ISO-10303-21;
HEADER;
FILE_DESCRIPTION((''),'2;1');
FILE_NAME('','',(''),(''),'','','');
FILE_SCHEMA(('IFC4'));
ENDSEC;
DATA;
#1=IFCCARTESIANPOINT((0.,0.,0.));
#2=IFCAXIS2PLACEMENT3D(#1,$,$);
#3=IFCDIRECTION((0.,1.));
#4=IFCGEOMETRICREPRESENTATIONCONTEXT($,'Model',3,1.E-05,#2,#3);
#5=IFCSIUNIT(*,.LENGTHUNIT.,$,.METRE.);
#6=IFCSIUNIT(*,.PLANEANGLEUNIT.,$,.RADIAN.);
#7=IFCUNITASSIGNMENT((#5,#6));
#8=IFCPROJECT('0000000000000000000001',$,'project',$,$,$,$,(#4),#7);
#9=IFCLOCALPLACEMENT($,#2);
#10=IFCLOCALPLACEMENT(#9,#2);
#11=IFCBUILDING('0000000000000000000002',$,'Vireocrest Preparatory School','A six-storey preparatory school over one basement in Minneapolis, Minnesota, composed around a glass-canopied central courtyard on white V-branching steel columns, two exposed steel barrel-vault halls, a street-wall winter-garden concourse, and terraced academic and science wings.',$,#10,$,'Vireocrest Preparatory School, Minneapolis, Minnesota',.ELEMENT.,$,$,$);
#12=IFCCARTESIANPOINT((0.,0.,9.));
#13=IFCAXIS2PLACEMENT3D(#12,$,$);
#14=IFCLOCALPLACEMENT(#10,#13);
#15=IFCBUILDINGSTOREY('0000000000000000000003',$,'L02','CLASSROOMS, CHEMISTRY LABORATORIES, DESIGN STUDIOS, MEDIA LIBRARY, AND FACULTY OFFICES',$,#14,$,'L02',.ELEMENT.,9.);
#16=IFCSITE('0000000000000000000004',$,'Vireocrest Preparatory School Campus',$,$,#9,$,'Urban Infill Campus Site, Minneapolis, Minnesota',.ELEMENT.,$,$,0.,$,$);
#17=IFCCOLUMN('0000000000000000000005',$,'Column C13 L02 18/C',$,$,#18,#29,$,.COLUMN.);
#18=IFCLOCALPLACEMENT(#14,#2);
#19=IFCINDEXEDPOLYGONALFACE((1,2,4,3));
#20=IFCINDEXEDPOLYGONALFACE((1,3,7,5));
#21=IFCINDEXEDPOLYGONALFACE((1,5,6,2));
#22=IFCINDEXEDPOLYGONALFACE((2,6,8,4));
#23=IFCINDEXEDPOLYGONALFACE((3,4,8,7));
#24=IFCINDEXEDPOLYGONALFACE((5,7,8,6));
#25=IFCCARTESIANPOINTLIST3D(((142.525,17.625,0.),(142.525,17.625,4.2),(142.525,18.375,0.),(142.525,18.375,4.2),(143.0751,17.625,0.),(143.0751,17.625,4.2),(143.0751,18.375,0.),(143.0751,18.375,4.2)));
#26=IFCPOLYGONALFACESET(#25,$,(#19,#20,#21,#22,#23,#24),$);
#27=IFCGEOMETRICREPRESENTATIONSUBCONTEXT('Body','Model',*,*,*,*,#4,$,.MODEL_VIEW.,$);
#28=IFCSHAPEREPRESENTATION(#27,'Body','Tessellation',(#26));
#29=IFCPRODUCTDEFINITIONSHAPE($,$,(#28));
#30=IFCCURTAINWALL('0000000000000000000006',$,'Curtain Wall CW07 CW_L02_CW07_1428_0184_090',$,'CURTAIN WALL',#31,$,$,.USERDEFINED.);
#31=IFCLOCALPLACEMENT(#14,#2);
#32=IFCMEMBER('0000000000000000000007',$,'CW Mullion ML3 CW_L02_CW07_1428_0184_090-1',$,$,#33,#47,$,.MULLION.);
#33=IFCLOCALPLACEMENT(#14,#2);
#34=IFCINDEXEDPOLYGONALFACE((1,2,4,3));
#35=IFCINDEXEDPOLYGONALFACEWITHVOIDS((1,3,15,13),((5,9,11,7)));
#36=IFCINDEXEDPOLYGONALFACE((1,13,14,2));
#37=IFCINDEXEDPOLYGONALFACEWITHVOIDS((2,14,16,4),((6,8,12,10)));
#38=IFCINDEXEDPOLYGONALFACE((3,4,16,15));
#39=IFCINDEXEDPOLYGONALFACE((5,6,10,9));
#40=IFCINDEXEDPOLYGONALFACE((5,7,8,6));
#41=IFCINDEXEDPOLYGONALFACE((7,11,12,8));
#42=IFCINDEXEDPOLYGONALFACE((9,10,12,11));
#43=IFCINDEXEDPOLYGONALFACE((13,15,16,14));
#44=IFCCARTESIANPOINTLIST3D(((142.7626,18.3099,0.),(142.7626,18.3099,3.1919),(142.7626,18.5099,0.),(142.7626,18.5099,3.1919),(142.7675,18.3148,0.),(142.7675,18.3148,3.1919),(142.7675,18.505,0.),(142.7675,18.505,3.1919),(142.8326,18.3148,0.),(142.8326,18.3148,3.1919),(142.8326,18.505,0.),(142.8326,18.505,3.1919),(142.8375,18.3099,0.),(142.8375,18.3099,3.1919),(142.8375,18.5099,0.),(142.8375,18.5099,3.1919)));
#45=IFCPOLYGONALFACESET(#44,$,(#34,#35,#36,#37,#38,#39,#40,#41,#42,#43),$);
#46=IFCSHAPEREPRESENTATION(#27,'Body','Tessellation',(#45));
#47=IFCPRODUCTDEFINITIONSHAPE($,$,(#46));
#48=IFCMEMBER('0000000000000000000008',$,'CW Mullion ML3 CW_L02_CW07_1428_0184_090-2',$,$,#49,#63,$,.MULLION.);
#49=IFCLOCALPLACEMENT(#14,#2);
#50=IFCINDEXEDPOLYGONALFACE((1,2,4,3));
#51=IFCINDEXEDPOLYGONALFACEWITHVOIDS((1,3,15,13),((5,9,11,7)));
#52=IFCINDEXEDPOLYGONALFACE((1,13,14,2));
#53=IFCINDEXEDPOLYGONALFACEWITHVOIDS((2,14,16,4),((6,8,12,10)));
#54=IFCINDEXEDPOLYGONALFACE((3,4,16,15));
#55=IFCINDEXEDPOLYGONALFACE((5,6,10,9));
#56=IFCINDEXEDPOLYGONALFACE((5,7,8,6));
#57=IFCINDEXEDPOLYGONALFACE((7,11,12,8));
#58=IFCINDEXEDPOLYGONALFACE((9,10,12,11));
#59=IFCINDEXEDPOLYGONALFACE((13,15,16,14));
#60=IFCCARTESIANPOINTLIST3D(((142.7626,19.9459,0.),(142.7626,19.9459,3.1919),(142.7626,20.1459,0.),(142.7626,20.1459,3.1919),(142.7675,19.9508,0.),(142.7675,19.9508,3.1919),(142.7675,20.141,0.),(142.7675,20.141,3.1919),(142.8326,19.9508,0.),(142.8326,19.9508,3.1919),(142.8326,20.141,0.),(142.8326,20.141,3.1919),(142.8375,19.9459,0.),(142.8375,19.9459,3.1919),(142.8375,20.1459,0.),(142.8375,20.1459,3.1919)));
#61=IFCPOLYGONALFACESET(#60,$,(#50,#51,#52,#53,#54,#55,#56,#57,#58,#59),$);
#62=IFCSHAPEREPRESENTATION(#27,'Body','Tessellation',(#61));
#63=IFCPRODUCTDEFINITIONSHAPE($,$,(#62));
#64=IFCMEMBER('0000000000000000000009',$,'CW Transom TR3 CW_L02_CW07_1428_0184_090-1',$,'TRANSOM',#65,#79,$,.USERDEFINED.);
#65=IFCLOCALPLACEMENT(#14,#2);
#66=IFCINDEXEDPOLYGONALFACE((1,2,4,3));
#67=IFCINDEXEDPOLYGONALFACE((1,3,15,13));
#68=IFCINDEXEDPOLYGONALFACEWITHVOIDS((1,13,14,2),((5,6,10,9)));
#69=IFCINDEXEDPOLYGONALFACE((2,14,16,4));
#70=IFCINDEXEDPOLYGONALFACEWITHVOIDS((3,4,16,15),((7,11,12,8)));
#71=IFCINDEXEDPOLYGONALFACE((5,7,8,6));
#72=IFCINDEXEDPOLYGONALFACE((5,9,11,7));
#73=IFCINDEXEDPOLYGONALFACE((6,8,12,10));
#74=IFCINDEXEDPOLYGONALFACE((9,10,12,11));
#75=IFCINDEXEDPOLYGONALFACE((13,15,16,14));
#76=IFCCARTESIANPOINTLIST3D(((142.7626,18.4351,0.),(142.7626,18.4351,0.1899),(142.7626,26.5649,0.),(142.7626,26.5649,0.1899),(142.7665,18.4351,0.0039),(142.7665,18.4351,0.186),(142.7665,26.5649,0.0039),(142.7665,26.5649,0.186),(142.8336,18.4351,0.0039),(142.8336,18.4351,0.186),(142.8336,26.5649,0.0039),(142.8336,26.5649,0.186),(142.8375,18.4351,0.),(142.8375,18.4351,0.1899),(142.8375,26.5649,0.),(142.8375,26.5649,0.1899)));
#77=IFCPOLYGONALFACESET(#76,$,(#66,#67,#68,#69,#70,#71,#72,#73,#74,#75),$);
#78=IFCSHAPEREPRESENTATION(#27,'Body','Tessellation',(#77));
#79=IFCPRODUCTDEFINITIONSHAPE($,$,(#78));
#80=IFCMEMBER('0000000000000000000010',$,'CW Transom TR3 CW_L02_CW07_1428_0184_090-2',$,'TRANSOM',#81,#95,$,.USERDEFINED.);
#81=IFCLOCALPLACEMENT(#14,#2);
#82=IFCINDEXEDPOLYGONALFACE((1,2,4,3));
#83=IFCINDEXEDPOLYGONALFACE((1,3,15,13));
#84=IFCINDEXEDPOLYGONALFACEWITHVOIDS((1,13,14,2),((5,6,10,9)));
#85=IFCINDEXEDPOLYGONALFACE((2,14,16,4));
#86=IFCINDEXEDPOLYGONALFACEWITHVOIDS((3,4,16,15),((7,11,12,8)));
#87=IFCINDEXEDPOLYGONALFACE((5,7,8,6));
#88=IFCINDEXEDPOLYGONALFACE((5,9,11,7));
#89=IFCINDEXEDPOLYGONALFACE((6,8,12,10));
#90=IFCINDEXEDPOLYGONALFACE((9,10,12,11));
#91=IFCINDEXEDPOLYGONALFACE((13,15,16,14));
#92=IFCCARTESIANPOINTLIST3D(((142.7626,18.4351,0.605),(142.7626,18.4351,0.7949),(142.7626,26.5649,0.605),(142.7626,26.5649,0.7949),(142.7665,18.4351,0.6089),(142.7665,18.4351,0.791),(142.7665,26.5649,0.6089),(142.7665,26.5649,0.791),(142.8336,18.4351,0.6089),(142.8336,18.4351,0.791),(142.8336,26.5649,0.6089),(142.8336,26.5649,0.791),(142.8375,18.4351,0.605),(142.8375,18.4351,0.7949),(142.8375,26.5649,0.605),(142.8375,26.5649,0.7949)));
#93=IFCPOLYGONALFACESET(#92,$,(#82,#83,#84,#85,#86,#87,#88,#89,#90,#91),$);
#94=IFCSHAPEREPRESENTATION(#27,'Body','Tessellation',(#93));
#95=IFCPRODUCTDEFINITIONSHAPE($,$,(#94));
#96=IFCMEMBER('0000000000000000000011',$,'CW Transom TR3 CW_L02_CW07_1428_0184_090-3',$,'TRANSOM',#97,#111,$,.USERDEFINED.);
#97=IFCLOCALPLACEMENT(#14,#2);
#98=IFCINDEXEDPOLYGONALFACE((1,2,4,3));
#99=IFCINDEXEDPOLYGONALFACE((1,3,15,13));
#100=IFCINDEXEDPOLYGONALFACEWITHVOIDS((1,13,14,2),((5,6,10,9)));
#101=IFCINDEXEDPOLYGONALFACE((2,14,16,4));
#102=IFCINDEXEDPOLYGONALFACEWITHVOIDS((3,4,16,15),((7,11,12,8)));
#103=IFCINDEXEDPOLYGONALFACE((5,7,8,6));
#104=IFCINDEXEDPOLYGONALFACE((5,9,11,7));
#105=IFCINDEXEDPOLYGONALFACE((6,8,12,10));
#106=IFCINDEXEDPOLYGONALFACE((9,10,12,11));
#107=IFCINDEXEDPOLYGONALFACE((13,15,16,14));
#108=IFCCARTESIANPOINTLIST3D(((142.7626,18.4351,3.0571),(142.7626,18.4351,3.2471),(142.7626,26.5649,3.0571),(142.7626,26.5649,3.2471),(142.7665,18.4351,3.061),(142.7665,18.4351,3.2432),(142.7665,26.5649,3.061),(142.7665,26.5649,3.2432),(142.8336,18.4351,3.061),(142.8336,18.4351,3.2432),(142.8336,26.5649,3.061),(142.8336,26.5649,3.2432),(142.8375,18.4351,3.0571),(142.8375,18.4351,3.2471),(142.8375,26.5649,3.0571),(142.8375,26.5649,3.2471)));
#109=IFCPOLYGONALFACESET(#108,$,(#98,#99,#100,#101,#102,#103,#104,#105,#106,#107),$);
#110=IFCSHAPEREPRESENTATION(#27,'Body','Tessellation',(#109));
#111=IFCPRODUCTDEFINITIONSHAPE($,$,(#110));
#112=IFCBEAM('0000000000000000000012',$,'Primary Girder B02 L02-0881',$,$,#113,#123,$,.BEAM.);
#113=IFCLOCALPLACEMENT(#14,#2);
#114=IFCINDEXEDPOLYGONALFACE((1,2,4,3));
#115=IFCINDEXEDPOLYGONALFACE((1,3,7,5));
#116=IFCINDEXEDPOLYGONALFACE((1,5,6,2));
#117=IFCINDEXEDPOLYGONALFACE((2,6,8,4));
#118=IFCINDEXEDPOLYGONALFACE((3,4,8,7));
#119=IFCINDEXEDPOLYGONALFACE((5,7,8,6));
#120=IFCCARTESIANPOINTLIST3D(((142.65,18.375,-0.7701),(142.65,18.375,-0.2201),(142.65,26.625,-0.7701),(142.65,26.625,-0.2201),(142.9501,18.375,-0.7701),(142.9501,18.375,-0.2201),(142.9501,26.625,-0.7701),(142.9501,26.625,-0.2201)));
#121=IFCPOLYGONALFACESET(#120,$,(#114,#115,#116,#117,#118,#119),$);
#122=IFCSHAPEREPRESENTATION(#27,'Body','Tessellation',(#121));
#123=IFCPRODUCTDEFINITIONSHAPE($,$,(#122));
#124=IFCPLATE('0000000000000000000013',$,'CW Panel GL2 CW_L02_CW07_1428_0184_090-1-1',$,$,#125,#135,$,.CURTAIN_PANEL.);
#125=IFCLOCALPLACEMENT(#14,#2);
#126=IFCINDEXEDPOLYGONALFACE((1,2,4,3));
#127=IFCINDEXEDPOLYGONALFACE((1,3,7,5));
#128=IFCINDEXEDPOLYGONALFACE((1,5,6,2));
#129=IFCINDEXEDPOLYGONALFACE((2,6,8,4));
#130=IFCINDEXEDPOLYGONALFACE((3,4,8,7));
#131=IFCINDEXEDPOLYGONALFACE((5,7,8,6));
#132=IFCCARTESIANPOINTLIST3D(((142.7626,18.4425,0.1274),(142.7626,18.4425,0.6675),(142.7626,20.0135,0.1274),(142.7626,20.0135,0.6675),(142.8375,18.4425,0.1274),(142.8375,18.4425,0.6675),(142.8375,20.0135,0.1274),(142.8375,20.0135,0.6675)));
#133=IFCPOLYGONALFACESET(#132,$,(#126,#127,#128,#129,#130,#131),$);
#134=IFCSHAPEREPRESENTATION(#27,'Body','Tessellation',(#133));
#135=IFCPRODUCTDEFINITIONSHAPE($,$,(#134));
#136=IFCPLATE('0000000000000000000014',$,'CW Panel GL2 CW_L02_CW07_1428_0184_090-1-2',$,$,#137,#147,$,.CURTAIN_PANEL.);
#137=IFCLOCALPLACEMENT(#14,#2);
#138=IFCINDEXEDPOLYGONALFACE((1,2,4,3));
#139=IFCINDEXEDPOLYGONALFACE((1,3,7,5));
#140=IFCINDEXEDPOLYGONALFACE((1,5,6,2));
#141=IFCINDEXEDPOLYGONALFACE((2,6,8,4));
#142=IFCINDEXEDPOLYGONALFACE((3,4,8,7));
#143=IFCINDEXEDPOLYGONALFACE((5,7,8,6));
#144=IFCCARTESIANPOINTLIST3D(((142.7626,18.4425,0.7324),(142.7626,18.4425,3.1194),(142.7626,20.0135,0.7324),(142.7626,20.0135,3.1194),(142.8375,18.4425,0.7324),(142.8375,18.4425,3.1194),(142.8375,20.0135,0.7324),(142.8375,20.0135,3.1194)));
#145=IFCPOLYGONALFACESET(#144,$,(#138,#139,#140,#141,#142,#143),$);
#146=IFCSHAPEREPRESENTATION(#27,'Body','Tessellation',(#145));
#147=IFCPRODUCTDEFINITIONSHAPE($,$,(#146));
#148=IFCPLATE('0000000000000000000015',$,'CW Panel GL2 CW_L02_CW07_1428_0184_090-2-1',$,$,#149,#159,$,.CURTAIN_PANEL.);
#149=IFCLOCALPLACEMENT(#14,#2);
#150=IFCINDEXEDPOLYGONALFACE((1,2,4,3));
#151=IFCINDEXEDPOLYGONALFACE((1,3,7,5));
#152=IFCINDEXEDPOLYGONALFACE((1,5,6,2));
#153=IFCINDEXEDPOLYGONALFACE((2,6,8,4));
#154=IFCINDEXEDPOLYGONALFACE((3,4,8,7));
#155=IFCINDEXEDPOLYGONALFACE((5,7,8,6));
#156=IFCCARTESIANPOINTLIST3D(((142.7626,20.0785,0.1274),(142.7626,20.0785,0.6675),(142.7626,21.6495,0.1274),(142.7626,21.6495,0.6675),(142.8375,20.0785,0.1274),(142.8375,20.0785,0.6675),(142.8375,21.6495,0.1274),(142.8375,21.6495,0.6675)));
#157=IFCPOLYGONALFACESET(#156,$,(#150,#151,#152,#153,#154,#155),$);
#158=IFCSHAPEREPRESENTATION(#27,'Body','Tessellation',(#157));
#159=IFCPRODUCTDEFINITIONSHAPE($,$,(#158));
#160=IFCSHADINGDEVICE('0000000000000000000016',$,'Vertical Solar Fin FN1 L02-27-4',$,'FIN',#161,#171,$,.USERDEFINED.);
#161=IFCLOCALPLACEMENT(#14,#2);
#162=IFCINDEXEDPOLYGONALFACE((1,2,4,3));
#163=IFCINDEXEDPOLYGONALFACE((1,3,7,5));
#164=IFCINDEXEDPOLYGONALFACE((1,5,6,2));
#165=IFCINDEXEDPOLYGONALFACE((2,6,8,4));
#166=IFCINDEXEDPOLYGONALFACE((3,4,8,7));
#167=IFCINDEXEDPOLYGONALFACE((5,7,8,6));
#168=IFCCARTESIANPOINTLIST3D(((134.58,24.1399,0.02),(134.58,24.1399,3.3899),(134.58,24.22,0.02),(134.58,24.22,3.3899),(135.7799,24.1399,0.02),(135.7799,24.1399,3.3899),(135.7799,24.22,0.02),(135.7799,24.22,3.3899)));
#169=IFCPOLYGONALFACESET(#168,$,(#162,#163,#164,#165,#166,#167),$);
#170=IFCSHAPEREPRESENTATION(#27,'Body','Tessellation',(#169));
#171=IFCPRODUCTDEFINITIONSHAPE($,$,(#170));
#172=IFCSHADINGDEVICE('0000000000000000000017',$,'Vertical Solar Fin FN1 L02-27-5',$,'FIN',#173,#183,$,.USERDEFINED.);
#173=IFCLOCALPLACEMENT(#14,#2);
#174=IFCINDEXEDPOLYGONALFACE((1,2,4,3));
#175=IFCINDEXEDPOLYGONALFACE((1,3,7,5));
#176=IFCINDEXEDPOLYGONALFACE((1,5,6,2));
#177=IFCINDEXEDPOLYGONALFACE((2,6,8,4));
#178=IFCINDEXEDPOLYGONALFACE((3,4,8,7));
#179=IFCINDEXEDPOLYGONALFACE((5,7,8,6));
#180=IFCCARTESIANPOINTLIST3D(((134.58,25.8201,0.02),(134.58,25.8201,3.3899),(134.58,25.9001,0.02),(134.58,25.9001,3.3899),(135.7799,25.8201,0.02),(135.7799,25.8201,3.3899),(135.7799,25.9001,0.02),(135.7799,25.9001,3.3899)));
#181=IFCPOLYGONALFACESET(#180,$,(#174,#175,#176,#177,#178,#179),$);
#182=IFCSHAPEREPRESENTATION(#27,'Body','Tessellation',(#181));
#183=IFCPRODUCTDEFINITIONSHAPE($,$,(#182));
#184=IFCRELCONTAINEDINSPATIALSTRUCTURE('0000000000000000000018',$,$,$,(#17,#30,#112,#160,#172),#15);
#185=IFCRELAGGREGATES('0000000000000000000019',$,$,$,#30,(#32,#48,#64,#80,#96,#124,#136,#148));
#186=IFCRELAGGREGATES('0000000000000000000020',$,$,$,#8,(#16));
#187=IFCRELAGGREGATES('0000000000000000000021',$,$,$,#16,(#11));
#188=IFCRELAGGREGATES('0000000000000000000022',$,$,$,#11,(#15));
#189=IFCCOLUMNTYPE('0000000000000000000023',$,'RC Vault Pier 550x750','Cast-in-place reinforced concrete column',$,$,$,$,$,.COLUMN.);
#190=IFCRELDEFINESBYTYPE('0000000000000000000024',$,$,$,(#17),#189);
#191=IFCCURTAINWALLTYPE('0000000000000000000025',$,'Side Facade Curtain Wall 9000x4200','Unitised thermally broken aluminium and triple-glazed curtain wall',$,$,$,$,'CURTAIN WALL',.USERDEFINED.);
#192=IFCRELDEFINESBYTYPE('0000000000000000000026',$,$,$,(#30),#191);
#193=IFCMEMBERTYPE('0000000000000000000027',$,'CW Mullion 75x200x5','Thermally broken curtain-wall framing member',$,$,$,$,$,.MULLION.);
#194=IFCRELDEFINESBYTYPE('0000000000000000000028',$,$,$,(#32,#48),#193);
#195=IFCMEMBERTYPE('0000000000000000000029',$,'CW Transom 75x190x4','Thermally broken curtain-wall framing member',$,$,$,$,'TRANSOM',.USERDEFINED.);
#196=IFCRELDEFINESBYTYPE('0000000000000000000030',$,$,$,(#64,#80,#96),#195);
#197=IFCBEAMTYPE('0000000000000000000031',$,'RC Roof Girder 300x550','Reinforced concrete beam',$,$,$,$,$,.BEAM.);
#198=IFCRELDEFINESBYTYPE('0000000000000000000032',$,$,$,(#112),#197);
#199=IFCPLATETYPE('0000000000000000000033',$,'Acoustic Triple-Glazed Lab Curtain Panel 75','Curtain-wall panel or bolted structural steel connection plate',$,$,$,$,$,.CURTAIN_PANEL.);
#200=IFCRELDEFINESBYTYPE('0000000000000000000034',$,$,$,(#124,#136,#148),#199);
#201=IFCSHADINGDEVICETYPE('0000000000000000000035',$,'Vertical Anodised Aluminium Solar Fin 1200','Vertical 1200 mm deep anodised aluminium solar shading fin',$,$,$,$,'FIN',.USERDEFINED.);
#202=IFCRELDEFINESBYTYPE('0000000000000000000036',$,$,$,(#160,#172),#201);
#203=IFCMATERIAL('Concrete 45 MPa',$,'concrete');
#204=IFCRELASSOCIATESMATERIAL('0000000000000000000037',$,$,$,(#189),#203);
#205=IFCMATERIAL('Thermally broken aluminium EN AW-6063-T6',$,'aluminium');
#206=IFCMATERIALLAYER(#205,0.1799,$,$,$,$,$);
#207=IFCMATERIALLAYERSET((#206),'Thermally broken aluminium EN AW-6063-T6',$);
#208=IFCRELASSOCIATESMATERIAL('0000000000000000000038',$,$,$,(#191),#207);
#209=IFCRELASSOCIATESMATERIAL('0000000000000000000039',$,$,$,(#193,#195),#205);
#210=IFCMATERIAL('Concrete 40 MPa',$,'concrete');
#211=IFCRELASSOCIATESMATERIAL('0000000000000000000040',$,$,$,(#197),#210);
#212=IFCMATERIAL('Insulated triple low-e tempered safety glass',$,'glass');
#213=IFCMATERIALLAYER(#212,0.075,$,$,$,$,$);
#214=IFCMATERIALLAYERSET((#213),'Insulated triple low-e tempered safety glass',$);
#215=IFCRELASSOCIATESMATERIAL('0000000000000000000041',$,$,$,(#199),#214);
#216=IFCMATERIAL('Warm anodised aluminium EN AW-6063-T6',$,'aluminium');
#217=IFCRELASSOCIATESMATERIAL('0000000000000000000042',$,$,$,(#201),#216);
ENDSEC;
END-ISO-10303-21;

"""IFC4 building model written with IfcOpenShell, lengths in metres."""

from ifc_helpers import new_model, si_unit, direction, frame, origin, origin_2d, place, context, subcontext, project, spatial, rectangle, hollow_rectangle, extrude, material, layer, layer_set, material_profile, profile_set, type_object, element, aggregate, save


model = new_model("IFC4")

# Units and contexts
model_context = context("Model", 3, precision=1e-05, world=origin(), true_north=direction((0.0, 1.0)))
body_context = subcontext(model_context, "Body", "Model", "MODEL_VIEW")
ifc_project = project(units=[si_unit("LENGTHUNIT", "METRE"), si_unit("PLANEANGLEUNIT", "RADIAN")], contexts=[model_context])

# Site, building, storey
site_placement = place(None, origin())
site = spatial("IfcSite", under=ifc_project, at=site_placement, Name="Vireocrest Preparatory School Campus", LongName="Urban Infill Campus Site, Minneapolis, Minnesota", CompositionType="ELEMENT", RefElevation=0.0)
building_placement = place(site_placement, origin())
building = spatial("IfcBuilding", under=site, at=building_placement, Name="Vireocrest Preparatory School", Description="A six-storey preparatory school over one basement in Minneapolis, Minnesota, composed around a glass-canopied central courtyard on white V-branching steel columns, two exposed steel barrel-vault halls, a street-wall winter-garden concourse, and terraced academic and science wings.", LongName="Vireocrest Preparatory School, Minneapolis, Minnesota", CompositionType="ELEMENT")
storey_placement = place(building_placement, frame((0.0, 0.0, 9.0)))
storey = spatial("IfcBuildingStorey", under=building, at=storey_placement, Name="L02", Description="CLASSROOMS, CHEMISTRY LABORATORIES, DESIGN STUDIOS, MEDIA LIBRARY, AND FACULTY OFFICES", LongName="L02", CompositionType="ELEMENT", Elevation=9.0)

# Column
ifc_material_1 = material(Name="Concrete 45 MPa", Category="concrete")
ifc_material_profile_1 = material_profile(ifc_material_1, rectangle(XDim=0.55, YDim=0.75, at=origin_2d()), Name="RC 550x750")
ifc_profile_set_1 = profile_set([ifc_material_profile_1], Name="Concrete 45 MPa")
column_type = type_object("IfcColumnType", Name="RC Vault Pier 550x750", Description="Cast-in-place reinforced concrete column", PredefinedType="COLUMN", material=ifc_profile_set_1)
column_placement = place(storey_placement, frame((142.8, 18.0, 0.0), z_axis=(0.0, 0.0, 1.0), x_axis=(1.0, 0.0, 0.0)))
element("IfcColumn", 1, at=column_placement, inside=storey, type_object=column_type, Name="Column C13 L02 18/C", PredefinedType="COLUMN", context=body_context, shape_type="SweptSolid", body=[
    extrude(rectangle(XDim=0.55, YDim=0.75, at=origin_2d()), origin(), (0.0, 0.0, 1.0), 4.2),
])

# Curtain wall, members
ifc_material_2 = material(Name="Thermally broken aluminium EN AW-6063-T6", Category="aluminium")
ifc_layer_1 = layer(ifc_material_2, 0.1799)
ifc_layer_set_1 = layer_set([ifc_layer_1], Name="Thermally broken aluminium EN AW-6063-T6")
curtain_wall_type = type_object("IfcCurtainWallType", Name="Side Facade Curtain Wall 9000x4200", Description="Unitised thermally broken aluminium and triple-glazed curtain wall", ElementType="CURTAIN WALL", PredefinedType="USERDEFINED", material=ifc_layer_set_1)
curtain_wall_placement = place(storey_placement, origin())
curtain_wall = element("IfcCurtainWall", 2, at=curtain_wall_placement, inside=storey, type_object=curtain_wall_type, Name="Curtain Wall CW07 CW_L02_CW07_1428_0184_090", ObjectType="CURTAIN WALL", PredefinedType="USERDEFINED")
ifc_material_profile_2 = material_profile(ifc_material_2, hollow_rectangle(XDim=0.075, YDim=0.2, WallThickness=0.0049, at=origin_2d()), Name="ALU 75x200x5")
ifc_profile_set_2 = profile_set([ifc_material_profile_2], Name="Thermally broken aluminium EN AW-6063-T6")
member_type_1 = type_object("IfcMemberType", Name="CW Mullion 75x200x5", Description="Thermally broken curtain-wall framing member", PredefinedType="MULLION", material=ifc_profile_set_2)
member_1_placement = place(storey_placement, frame((142.8, 18.4099, 0.0), z_axis=(0.0, 0.0, 1.0), x_axis=(1.0, 0.0, 0.0)))
member_1 = element("IfcMember", 3, at=member_1_placement, type_object=member_type_1, Name="CW Mullion ML3 CW_L02_CW07_1428_0184_090-1", PredefinedType="MULLION", context=body_context, shape_type="SweptSolid", body=[
    extrude(hollow_rectangle(XDim=0.075, YDim=0.2, WallThickness=0.0049, at=origin_2d()), origin(), (0.0, 0.0, 1.0), 3.1919),
])
member_2_placement = place(storey_placement, frame((142.8, 20.0459, 0.0), z_axis=(0.0, 0.0, 1.0), x_axis=(1.0, 0.0, 0.0)))
member_2 = element("IfcMember", 4, at=member_2_placement, type_object=member_type_1, Name="CW Mullion ML3 CW_L02_CW07_1428_0184_090-2", PredefinedType="MULLION", context=body_context, shape_type="SweptSolid", body=[
    extrude(hollow_rectangle(XDim=0.075, YDim=0.2, WallThickness=0.0049, at=origin_2d()), origin(), (0.0, 0.0, 1.0), 3.1919),
])
ifc_material_profile_3 = material_profile(ifc_material_2, hollow_rectangle(XDim=0.075, YDim=0.1899, WallThickness=0.0039, at=origin_2d()), Name="ALU 75x190x4")
ifc_profile_set_3 = profile_set([ifc_material_profile_3], Name="Thermally broken aluminium EN AW-6063-T6")
member_type_2 = type_object("IfcMemberType", Name="CW Transom 75x190x4", Description="Thermally broken curtain-wall framing member", ElementType="TRANSOM", PredefinedType="USERDEFINED", material=ifc_profile_set_3)
member_3_placement = place(storey_placement, frame((142.8, 18.4351, 0.095), z_axis=(0.0, 1.0, 0.0), x_axis=(-1.0, 0.0, 0.0)))
member_3 = element("IfcMember", 5, at=member_3_placement, type_object=member_type_2, Name="CW Transom TR3 CW_L02_CW07_1428_0184_090-1", ObjectType="TRANSOM", PredefinedType="USERDEFINED", context=body_context, shape_type="SweptSolid", body=[
    extrude(hollow_rectangle(XDim=0.075, YDim=0.1899, WallThickness=0.0039, at=origin_2d()), origin(), (0.0, 0.0, 1.0), 8.1299),
])
member_4_placement = place(storey_placement, frame((142.8, 18.4351, 0.7), z_axis=(0.0, 1.0, 0.0), x_axis=(-1.0, 0.0, 0.0)))
member_4 = element("IfcMember", 6, at=member_4_placement, type_object=member_type_2, Name="CW Transom TR3 CW_L02_CW07_1428_0184_090-2", ObjectType="TRANSOM", PredefinedType="USERDEFINED", context=body_context, shape_type="SweptSolid", body=[
    extrude(hollow_rectangle(XDim=0.075, YDim=0.1899, WallThickness=0.0039, at=origin_2d()), origin(), (0.0, 0.0, 1.0), 8.1299),
])
member_5_placement = place(storey_placement, frame((142.8, 18.4351, 3.1521), z_axis=(0.0, 1.0, 0.0), x_axis=(-1.0, 0.0, 0.0)))
member_5 = element("IfcMember", 7, at=member_5_placement, type_object=member_type_2, Name="CW Transom TR3 CW_L02_CW07_1428_0184_090-3", ObjectType="TRANSOM", PredefinedType="USERDEFINED", context=body_context, shape_type="SweptSolid", body=[
    extrude(hollow_rectangle(XDim=0.075, YDim=0.1899, WallThickness=0.0039, at=origin_2d()), origin(), (0.0, 0.0, 1.0), 8.1299),
])

# Beam
ifc_material_3 = material(Name="Concrete 40 MPa", Category="concrete")
ifc_material_profile_4 = material_profile(ifc_material_3, rectangle(XDim=0.3, YDim=0.55, at=origin_2d()), Name="RC 300x550")
ifc_profile_set_4 = profile_set([ifc_material_profile_4], Name="Concrete 40 MPa")
beam_type = type_object("IfcBeamType", Name="RC Roof Girder 300x550", Description="Reinforced concrete beam", PredefinedType="BEAM", material=ifc_profile_set_4)
beam_placement = place(storey_placement, frame((142.8, 18.375, -0.4951), z_axis=(0.0, 1.0, 0.0), x_axis=(-1.0, 0.0, 0.0)))
element("IfcBeam", 8, at=beam_placement, inside=storey, type_object=beam_type, Name="Primary Girder B02 L02-0881", PredefinedType="BEAM", context=body_context, shape_type="SweptSolid", body=[
    extrude(rectangle(XDim=0.3, YDim=0.55, at=origin_2d()), origin(), (0.0, 0.0, 1.0), 8.25),
])

# Plates
ifc_material_4 = material(Name="Insulated triple low-e tempered safety glass", Category="glass")
ifc_layer_2 = layer(ifc_material_4, 0.075)
ifc_layer_set_2 = layer_set([ifc_layer_2], Name="Insulated triple low-e tempered safety glass")
plate_type = type_object("IfcPlateType", Name="Acoustic Triple-Glazed Lab Curtain Panel 75", Description="Curtain-wall panel or bolted structural steel connection plate", PredefinedType="CURTAIN_PANEL", material=ifc_layer_set_2)
plate_1_placement = place(storey_placement, frame((142.8, 19.228, 0.1274), z_axis=(0.0, 0.0, 1.0), x_axis=(0.0, 1.0, 0.0)))
plate_1 = element("IfcPlate", 9, at=plate_1_placement, type_object=plate_type, Name="CW Panel GL2 CW_L02_CW07_1428_0184_090-1-1", PredefinedType="CURTAIN_PANEL", context=body_context, shape_type="SweptSolid", body=[
    extrude(rectangle(XDim=1.571, YDim=0.075, at=origin_2d()), origin(), (0.0, 0.0, 1.0), 0.54),
])
plate_2_placement = place(storey_placement, frame((142.8, 19.228, 0.7324), z_axis=(0.0, 0.0, 1.0), x_axis=(0.0, 1.0, 0.0)))
plate_2 = element("IfcPlate", 10, at=plate_2_placement, type_object=plate_type, Name="CW Panel GL2 CW_L02_CW07_1428_0184_090-1-2", PredefinedType="CURTAIN_PANEL", context=body_context, shape_type="SweptSolid", body=[
    extrude(rectangle(XDim=1.571, YDim=0.075, at=origin_2d()), origin(), (0.0, 0.0, 1.0), 2.387),
])
plate_3_placement = place(storey_placement, frame((142.8, 20.864, 0.1274), z_axis=(0.0, 0.0, 1.0), x_axis=(0.0, 1.0, 0.0)))
plate_3 = element("IfcPlate", 11, at=plate_3_placement, type_object=plate_type, Name="CW Panel GL2 CW_L02_CW07_1428_0184_090-2-1", PredefinedType="CURTAIN_PANEL", context=body_context, shape_type="SweptSolid", body=[
    extrude(rectangle(XDim=1.571, YDim=0.075, at=origin_2d()), origin(), (0.0, 0.0, 1.0), 0.54),
])
aggregate(curtain_wall, [member_1, member_2, member_3, member_4, member_5, plate_1, plate_2, plate_3])

# Shading devices
ifc_material_5 = material(Name="Warm anodised aluminium EN AW-6063-T6", Category="aluminium")
ifc_material_profile_5 = material_profile(ifc_material_5, rectangle(XDim=0.0801, YDim=1.2, at=origin_2d()), Name="FIN 80x1200")
ifc_profile_set_5 = profile_set([ifc_material_profile_5], Name="Warm anodised aluminium EN AW-6063-T6")
shading_device_type = type_object("IfcShadingDeviceType", Name="Vertical Anodised Aluminium Solar Fin 1200", Description="Vertical 1200 mm deep anodised aluminium solar shading fin", ElementType="FIN", PredefinedType="USERDEFINED", material=ifc_profile_set_5)
for number, where, z_axis, x_axis, name in (
    (12, (135.1799, 24.1799, 0.02), (0.0, 0.0, 1.0), (0.0, -1.0, 0.0), "Vertical Solar Fin FN1 L02-27-4"),
    (13, (135.1799, 25.8601, 0.02), (0.0, 0.0, 1.0), (0.0, -1.0, 0.0), "Vertical Solar Fin FN1 L02-27-5"),
):
    element("IfcShadingDevice", number, at=place(storey_placement, frame(where, z_axis=z_axis, x_axis=x_axis)), inside=storey, type_object=shading_device_type, Name=name, ObjectType="FIN", PredefinedType="USERDEFINED", context=body_context, shape_type="SweptSolid", body=[
        extrude(rectangle(XDim=0.0801, YDim=1.2, at=origin_2d()), origin(), (0.0, 0.0, 1.0), 3.3699),
    ])

save(model, "model.ifc")
